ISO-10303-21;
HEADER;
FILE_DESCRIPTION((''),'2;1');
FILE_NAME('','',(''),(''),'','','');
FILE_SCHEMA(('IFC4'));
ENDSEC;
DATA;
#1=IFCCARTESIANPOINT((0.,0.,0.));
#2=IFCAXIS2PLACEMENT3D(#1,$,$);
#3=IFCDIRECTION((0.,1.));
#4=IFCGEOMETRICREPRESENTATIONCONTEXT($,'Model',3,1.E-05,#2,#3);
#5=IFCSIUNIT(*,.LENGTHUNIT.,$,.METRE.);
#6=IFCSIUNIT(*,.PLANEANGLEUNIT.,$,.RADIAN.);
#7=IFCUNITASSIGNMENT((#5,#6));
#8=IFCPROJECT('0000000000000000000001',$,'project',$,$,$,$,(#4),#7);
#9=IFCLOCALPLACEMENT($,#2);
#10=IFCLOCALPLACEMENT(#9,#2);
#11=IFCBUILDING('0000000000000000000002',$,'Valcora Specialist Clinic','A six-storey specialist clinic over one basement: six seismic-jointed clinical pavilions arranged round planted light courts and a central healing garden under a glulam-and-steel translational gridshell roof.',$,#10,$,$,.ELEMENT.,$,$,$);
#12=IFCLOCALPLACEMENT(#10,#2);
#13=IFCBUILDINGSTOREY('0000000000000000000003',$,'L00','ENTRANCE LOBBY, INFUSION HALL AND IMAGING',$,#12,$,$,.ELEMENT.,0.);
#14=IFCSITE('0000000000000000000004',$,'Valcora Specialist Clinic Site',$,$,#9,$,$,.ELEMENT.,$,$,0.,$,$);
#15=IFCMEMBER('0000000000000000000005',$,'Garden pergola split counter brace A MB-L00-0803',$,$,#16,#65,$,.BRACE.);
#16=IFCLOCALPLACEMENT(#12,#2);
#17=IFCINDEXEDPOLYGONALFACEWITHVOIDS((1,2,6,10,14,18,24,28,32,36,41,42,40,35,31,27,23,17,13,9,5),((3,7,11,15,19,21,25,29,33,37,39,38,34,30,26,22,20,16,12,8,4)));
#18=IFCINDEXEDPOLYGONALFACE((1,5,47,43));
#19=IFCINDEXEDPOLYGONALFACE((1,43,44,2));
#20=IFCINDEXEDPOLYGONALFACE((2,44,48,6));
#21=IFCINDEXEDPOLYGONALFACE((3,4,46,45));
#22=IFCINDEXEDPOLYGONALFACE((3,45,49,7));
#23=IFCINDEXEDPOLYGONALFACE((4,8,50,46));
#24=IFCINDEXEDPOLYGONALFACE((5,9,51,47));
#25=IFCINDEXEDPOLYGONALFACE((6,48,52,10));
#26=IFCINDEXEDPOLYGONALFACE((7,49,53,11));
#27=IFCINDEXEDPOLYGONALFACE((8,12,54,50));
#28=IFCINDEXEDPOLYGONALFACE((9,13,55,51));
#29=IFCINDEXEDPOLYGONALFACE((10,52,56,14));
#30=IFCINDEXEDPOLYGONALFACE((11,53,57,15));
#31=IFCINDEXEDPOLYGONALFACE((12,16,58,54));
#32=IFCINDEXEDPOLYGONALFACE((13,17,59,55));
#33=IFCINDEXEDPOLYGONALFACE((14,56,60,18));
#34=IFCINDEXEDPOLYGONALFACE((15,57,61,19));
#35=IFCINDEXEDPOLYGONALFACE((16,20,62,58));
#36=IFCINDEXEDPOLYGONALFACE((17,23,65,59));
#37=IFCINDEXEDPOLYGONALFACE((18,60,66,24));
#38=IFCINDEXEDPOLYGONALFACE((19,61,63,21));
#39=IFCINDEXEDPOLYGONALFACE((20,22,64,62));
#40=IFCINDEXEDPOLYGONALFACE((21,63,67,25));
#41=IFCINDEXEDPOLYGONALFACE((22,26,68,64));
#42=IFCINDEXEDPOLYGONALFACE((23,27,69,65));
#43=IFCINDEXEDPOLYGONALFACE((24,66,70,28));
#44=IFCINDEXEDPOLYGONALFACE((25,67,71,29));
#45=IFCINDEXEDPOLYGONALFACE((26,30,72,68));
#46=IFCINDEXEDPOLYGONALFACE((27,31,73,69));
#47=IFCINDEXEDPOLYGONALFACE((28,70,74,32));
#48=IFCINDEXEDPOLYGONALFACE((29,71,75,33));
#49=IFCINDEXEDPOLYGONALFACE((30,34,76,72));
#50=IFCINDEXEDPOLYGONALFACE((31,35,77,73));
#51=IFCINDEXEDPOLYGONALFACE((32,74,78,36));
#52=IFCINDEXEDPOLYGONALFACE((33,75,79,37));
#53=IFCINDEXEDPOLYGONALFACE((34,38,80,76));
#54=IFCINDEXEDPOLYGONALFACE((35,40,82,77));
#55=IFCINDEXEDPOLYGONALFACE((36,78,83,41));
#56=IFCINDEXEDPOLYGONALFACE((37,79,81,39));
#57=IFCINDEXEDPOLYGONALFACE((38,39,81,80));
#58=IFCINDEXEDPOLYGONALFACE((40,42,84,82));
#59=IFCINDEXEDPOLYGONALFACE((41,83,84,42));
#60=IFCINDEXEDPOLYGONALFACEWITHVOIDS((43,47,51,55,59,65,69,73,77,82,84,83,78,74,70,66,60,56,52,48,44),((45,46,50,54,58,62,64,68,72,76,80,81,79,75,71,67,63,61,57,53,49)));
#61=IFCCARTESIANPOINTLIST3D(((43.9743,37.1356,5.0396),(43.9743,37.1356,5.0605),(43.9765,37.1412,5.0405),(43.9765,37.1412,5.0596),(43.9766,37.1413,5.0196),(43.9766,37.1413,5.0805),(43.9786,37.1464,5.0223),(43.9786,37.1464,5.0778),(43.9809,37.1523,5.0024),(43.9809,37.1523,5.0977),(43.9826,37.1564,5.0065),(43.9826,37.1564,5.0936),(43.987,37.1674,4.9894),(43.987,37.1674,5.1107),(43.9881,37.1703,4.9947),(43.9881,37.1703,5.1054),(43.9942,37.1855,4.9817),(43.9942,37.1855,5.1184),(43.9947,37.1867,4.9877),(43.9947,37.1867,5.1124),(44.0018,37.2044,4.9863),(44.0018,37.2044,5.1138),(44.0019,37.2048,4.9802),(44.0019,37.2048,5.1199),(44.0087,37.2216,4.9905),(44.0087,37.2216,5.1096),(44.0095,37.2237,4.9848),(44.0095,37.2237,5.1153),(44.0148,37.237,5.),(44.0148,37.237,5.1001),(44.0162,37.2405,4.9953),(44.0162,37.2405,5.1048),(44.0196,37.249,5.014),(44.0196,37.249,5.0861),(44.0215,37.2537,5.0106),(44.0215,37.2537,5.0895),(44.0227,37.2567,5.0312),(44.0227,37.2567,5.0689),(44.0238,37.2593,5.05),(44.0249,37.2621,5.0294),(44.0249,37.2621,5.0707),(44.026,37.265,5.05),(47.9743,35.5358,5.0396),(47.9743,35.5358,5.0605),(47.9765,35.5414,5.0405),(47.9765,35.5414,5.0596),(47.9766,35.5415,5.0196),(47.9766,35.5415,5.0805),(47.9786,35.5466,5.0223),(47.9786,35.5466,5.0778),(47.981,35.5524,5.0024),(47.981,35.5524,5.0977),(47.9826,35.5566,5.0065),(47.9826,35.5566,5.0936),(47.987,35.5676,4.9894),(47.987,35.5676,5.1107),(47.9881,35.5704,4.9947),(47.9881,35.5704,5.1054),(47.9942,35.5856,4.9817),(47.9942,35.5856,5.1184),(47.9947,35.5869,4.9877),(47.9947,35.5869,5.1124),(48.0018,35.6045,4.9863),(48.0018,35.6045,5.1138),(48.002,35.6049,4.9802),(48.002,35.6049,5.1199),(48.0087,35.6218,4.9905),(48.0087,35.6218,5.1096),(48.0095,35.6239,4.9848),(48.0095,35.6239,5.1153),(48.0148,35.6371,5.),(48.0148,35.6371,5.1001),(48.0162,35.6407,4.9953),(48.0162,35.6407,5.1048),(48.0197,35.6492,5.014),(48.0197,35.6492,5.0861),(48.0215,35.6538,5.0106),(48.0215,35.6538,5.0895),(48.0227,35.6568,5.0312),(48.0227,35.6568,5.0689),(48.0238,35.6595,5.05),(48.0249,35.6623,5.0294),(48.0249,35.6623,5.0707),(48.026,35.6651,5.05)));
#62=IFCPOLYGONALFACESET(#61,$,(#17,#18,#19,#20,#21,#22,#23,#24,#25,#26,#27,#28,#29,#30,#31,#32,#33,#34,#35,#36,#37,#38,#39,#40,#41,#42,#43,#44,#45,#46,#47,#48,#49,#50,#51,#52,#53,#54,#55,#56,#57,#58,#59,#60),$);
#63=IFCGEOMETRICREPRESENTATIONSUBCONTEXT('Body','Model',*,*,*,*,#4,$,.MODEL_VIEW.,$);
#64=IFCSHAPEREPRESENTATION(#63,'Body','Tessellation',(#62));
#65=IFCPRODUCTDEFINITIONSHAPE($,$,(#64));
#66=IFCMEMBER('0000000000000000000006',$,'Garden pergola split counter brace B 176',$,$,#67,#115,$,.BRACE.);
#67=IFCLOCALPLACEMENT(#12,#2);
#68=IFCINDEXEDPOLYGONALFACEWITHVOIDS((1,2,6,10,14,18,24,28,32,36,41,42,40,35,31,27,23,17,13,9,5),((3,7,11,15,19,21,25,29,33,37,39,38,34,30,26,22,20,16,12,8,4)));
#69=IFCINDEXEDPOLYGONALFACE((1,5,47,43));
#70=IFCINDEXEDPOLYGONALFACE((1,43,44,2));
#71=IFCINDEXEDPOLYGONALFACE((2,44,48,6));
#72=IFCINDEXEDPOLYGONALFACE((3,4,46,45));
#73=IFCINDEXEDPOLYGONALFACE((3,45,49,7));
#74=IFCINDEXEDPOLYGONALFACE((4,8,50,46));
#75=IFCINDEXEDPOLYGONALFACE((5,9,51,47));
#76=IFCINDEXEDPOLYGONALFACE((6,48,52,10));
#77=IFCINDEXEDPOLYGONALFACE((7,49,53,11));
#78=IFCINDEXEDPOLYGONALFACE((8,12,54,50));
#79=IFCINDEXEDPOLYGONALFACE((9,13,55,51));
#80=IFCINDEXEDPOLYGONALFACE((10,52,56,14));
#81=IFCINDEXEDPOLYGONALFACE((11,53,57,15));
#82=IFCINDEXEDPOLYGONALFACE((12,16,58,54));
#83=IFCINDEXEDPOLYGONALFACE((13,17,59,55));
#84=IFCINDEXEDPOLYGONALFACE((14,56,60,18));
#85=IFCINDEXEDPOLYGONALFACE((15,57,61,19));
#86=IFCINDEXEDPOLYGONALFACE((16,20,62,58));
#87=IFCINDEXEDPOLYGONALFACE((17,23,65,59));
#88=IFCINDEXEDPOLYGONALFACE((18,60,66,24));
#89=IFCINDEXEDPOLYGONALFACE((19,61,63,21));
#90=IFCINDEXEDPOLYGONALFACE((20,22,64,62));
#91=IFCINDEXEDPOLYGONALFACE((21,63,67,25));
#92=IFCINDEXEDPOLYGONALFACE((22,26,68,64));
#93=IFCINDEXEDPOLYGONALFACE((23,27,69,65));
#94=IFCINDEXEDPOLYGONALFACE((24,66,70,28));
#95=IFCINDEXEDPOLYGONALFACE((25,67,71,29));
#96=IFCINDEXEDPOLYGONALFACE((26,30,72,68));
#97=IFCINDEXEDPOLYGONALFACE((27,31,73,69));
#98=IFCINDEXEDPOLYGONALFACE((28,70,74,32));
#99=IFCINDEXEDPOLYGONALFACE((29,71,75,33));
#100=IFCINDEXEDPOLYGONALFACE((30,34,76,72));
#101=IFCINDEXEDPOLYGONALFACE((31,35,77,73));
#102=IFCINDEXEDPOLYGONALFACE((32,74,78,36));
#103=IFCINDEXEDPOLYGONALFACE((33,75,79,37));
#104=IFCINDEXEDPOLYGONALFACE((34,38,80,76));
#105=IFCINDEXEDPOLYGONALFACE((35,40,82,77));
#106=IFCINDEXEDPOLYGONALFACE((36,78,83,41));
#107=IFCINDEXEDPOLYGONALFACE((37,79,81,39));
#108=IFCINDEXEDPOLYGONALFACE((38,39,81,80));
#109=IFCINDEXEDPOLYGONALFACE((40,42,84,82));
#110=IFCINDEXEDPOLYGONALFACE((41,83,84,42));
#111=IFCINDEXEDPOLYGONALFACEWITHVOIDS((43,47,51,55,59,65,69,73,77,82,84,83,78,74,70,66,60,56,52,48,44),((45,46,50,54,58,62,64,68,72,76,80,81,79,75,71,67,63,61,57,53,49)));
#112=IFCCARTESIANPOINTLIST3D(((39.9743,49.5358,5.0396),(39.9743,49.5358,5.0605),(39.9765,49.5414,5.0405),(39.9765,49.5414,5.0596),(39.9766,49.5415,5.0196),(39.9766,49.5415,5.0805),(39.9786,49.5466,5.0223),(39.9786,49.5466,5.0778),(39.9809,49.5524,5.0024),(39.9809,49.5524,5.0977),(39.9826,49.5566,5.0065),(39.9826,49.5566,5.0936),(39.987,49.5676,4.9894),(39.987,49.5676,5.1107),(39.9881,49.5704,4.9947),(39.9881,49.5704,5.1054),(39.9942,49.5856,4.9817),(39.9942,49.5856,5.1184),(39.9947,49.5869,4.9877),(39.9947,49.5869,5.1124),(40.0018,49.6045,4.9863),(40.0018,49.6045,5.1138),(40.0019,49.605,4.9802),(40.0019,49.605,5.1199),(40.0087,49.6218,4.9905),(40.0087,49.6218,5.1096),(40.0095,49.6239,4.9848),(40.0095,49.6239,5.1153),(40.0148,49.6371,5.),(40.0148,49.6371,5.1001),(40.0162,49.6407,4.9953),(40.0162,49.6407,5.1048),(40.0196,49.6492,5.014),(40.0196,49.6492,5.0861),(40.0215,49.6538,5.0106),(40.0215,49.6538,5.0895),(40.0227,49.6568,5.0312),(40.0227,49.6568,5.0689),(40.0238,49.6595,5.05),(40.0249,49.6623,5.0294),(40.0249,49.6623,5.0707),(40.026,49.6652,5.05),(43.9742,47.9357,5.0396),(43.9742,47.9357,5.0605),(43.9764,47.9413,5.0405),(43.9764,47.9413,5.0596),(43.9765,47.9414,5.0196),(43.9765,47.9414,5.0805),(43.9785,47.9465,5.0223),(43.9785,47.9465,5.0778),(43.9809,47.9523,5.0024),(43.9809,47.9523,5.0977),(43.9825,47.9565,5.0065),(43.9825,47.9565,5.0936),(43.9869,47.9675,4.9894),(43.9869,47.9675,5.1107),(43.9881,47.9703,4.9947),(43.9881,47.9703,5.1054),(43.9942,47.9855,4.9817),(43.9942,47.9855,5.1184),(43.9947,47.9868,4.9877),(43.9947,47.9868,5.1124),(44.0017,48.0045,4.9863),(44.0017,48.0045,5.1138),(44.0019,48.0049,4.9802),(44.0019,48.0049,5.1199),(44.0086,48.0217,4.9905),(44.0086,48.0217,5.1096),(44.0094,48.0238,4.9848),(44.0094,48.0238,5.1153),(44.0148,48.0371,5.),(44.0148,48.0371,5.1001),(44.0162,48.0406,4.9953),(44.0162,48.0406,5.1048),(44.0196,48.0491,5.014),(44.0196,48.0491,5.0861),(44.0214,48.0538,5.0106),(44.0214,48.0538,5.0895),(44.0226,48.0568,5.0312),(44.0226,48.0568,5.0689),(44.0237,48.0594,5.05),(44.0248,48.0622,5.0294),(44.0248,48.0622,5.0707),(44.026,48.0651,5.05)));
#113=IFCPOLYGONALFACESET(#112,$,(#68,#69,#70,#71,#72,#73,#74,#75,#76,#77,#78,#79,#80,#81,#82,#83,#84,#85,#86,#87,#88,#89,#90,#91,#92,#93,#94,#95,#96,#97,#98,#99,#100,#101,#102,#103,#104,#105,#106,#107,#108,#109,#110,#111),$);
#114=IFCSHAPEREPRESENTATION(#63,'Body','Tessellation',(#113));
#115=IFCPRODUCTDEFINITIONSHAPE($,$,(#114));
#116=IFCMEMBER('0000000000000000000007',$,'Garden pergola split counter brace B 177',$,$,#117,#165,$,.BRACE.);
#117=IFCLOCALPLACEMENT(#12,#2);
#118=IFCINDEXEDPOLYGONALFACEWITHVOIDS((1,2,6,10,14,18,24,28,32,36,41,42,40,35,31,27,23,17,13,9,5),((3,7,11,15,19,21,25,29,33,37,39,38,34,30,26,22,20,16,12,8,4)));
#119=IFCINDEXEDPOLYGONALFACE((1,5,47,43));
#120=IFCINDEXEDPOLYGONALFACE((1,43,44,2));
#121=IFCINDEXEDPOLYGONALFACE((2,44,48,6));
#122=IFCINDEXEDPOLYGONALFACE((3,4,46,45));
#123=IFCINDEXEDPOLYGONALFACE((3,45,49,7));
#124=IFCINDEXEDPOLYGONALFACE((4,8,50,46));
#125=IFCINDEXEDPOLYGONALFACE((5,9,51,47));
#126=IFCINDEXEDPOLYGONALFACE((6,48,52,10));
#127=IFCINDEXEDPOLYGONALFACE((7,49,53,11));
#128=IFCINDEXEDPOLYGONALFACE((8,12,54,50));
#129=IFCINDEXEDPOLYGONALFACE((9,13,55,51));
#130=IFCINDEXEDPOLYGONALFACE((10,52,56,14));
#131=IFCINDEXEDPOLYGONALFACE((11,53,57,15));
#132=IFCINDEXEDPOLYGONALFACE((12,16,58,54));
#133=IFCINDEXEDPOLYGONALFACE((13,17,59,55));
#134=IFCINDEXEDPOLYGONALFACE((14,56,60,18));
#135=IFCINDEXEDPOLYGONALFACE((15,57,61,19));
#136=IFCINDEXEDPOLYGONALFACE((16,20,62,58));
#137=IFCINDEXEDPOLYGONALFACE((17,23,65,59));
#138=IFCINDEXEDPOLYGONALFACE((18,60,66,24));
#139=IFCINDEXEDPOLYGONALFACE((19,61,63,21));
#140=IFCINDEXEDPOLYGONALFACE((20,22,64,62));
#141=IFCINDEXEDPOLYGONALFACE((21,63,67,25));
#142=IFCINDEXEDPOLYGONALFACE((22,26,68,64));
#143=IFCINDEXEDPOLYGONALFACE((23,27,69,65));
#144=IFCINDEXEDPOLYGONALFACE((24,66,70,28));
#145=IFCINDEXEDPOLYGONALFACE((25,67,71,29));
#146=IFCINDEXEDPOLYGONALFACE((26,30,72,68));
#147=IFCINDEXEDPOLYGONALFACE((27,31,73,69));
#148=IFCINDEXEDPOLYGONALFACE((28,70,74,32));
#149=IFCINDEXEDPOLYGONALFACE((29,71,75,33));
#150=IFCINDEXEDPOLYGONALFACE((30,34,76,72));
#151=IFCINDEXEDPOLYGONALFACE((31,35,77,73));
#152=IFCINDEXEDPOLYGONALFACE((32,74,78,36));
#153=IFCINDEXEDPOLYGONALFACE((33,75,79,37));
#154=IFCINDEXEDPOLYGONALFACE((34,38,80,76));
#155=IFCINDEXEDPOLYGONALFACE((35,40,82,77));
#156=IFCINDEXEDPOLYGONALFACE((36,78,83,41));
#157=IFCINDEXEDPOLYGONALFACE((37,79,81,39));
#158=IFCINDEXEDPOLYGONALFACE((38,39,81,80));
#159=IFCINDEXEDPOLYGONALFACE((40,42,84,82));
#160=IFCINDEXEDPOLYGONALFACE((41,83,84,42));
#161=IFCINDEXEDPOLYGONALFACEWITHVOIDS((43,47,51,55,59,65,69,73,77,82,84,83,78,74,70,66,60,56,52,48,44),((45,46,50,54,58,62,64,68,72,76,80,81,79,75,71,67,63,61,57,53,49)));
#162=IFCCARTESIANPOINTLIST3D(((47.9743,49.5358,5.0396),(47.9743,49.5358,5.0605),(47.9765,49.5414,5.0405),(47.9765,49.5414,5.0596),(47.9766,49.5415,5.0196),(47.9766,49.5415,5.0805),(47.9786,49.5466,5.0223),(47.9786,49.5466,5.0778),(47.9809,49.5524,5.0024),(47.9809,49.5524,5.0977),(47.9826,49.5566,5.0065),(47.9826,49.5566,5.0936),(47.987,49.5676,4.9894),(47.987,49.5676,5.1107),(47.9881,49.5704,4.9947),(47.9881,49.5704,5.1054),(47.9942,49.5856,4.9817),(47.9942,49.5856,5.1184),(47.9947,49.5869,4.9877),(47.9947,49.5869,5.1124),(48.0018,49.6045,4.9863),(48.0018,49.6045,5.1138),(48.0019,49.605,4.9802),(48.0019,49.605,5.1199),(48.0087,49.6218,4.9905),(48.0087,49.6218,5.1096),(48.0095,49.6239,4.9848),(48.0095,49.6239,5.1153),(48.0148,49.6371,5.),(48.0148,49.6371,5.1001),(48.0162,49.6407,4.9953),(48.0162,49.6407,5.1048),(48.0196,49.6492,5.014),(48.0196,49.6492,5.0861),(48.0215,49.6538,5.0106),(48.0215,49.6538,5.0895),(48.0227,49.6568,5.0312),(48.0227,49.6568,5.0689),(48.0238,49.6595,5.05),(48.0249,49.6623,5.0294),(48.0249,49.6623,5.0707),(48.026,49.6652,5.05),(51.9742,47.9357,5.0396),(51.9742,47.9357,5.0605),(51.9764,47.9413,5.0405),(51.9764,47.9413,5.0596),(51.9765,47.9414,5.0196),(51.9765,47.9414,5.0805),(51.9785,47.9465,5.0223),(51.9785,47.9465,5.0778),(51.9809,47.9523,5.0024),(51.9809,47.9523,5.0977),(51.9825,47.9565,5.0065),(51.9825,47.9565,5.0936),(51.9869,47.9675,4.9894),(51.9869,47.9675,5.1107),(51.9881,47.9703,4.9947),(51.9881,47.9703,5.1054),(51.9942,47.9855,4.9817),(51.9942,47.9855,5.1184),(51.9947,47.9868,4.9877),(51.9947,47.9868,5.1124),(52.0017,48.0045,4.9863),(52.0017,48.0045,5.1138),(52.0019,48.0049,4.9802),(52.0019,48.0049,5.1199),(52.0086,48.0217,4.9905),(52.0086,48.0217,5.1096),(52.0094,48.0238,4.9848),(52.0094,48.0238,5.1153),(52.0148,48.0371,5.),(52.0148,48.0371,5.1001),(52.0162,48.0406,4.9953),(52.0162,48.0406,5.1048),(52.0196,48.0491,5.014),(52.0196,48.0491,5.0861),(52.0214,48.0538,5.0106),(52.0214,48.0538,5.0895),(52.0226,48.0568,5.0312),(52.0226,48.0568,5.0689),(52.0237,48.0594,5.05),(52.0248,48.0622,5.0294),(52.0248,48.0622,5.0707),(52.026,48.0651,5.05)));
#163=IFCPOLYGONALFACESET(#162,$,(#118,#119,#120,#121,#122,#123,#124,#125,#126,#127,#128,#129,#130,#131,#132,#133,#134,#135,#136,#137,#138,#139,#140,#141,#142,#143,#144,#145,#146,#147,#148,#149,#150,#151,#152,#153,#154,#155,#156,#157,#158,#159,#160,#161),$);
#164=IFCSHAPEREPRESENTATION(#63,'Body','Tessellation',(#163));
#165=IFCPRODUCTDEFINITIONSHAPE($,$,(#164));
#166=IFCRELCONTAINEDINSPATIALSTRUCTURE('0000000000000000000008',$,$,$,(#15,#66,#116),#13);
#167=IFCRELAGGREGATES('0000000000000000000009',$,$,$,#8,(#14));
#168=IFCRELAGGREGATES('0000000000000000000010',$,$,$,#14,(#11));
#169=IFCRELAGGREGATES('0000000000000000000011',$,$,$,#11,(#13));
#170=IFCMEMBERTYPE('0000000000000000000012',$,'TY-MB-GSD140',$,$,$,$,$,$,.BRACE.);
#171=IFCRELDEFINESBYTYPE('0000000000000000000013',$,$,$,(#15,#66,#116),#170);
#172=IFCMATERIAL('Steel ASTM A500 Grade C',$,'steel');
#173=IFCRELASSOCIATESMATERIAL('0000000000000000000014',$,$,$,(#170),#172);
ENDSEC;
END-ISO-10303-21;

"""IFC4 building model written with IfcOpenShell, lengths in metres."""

from ifc_helpers import new_model, si_unit, direction, frame, origin, origin_2d, place, context, subcontext, project, spatial, hollow_circle, extrude, material, material_profile, profile_set, type_object, element, save


model = new_model("IFC4")

# Units and contexts
model_context = context("Model", 3, precision=1e-05, world=origin(), true_north=direction((0.0, 1.0)))
body_context = subcontext(model_context, "Body", "Model", "MODEL_VIEW")
ifc_project = project(units=[si_unit("LENGTHUNIT", "METRE"), si_unit("PLANEANGLEUNIT", "RADIAN")], contexts=[model_context])

# Site, building, storey
site_placement = place(None, origin())
site = spatial("IfcSite", under=ifc_project, at=site_placement, Name="Valcora Specialist Clinic Site", CompositionType="ELEMENT", RefElevation=0.0)
building_placement = place(site_placement, origin())
building = spatial("IfcBuilding", under=site, at=building_placement, Name="Valcora Specialist Clinic", Description="A six-storey specialist clinic over one basement: six seismic-jointed clinical pavilions arranged round planted light courts and a central healing garden under a glulam-and-steel translational gridshell roof.", CompositionType="ELEMENT")
storey_placement = place(building_placement, origin())
storey = spatial("IfcBuildingStorey", under=building, at=storey_placement, Name="L00", Description="ENTRANCE LOBBY, INFUSION HALL AND IMAGING", CompositionType="ELEMENT", Elevation=0.0)

# Members
ifc_material_1 = material(Name="Steel ASTM A500 Grade C", Category="steel")
ifc_material_profile_1 = material_profile(ifc_material_1, hollow_circle(Radius=0.0701, WallThickness=0.0061, at=origin_2d()), Name="ST-CHS-140X6")
ifc_profile_set_1 = profile_set([ifc_material_profile_1], Name="Steel ASTM A500 Grade C")
member_type_1 = type_object("IfcMemberType", Name="TY-MB-GSD140", PredefinedType="BRACE", material=ifc_profile_set_1)
for number, where, z_axis, x_axis, name in (
    (1, (44.0, 37.2, 5.05), (0.928488, -0.371361, 0.0), (0.371361, 0.928488, 0.0), "Garden pergola split counter brace A MB-L00-0803"),
    (2, (40.0, 49.6001, 5.05), (0.928469, -0.37141, 0.0), (0.37141, 0.928469, 0.0), "Garden pergola split counter brace B 176"),
    (3, (48.0, 49.6001, 5.05), (0.928469, -0.37141, 0.0), (0.37141, 0.928469, 0.0), "Garden pergola split counter brace B 177"),
):
    element("IfcMember", number, at=place(storey_placement, frame(where, z_axis=z_axis, x_axis=x_axis)), inside=storey, type_object=member_type_1, Name=name, PredefinedType="BRACE", context=body_context, shape_type="SweptSolid", body=[
        extrude(hollow_circle(Radius=0.0701, WallThickness=0.0061, at=origin_2d()), origin(), (0.0, 0.0, 1.0), 4.3081),
    ])

save(model, "model.ifc")
